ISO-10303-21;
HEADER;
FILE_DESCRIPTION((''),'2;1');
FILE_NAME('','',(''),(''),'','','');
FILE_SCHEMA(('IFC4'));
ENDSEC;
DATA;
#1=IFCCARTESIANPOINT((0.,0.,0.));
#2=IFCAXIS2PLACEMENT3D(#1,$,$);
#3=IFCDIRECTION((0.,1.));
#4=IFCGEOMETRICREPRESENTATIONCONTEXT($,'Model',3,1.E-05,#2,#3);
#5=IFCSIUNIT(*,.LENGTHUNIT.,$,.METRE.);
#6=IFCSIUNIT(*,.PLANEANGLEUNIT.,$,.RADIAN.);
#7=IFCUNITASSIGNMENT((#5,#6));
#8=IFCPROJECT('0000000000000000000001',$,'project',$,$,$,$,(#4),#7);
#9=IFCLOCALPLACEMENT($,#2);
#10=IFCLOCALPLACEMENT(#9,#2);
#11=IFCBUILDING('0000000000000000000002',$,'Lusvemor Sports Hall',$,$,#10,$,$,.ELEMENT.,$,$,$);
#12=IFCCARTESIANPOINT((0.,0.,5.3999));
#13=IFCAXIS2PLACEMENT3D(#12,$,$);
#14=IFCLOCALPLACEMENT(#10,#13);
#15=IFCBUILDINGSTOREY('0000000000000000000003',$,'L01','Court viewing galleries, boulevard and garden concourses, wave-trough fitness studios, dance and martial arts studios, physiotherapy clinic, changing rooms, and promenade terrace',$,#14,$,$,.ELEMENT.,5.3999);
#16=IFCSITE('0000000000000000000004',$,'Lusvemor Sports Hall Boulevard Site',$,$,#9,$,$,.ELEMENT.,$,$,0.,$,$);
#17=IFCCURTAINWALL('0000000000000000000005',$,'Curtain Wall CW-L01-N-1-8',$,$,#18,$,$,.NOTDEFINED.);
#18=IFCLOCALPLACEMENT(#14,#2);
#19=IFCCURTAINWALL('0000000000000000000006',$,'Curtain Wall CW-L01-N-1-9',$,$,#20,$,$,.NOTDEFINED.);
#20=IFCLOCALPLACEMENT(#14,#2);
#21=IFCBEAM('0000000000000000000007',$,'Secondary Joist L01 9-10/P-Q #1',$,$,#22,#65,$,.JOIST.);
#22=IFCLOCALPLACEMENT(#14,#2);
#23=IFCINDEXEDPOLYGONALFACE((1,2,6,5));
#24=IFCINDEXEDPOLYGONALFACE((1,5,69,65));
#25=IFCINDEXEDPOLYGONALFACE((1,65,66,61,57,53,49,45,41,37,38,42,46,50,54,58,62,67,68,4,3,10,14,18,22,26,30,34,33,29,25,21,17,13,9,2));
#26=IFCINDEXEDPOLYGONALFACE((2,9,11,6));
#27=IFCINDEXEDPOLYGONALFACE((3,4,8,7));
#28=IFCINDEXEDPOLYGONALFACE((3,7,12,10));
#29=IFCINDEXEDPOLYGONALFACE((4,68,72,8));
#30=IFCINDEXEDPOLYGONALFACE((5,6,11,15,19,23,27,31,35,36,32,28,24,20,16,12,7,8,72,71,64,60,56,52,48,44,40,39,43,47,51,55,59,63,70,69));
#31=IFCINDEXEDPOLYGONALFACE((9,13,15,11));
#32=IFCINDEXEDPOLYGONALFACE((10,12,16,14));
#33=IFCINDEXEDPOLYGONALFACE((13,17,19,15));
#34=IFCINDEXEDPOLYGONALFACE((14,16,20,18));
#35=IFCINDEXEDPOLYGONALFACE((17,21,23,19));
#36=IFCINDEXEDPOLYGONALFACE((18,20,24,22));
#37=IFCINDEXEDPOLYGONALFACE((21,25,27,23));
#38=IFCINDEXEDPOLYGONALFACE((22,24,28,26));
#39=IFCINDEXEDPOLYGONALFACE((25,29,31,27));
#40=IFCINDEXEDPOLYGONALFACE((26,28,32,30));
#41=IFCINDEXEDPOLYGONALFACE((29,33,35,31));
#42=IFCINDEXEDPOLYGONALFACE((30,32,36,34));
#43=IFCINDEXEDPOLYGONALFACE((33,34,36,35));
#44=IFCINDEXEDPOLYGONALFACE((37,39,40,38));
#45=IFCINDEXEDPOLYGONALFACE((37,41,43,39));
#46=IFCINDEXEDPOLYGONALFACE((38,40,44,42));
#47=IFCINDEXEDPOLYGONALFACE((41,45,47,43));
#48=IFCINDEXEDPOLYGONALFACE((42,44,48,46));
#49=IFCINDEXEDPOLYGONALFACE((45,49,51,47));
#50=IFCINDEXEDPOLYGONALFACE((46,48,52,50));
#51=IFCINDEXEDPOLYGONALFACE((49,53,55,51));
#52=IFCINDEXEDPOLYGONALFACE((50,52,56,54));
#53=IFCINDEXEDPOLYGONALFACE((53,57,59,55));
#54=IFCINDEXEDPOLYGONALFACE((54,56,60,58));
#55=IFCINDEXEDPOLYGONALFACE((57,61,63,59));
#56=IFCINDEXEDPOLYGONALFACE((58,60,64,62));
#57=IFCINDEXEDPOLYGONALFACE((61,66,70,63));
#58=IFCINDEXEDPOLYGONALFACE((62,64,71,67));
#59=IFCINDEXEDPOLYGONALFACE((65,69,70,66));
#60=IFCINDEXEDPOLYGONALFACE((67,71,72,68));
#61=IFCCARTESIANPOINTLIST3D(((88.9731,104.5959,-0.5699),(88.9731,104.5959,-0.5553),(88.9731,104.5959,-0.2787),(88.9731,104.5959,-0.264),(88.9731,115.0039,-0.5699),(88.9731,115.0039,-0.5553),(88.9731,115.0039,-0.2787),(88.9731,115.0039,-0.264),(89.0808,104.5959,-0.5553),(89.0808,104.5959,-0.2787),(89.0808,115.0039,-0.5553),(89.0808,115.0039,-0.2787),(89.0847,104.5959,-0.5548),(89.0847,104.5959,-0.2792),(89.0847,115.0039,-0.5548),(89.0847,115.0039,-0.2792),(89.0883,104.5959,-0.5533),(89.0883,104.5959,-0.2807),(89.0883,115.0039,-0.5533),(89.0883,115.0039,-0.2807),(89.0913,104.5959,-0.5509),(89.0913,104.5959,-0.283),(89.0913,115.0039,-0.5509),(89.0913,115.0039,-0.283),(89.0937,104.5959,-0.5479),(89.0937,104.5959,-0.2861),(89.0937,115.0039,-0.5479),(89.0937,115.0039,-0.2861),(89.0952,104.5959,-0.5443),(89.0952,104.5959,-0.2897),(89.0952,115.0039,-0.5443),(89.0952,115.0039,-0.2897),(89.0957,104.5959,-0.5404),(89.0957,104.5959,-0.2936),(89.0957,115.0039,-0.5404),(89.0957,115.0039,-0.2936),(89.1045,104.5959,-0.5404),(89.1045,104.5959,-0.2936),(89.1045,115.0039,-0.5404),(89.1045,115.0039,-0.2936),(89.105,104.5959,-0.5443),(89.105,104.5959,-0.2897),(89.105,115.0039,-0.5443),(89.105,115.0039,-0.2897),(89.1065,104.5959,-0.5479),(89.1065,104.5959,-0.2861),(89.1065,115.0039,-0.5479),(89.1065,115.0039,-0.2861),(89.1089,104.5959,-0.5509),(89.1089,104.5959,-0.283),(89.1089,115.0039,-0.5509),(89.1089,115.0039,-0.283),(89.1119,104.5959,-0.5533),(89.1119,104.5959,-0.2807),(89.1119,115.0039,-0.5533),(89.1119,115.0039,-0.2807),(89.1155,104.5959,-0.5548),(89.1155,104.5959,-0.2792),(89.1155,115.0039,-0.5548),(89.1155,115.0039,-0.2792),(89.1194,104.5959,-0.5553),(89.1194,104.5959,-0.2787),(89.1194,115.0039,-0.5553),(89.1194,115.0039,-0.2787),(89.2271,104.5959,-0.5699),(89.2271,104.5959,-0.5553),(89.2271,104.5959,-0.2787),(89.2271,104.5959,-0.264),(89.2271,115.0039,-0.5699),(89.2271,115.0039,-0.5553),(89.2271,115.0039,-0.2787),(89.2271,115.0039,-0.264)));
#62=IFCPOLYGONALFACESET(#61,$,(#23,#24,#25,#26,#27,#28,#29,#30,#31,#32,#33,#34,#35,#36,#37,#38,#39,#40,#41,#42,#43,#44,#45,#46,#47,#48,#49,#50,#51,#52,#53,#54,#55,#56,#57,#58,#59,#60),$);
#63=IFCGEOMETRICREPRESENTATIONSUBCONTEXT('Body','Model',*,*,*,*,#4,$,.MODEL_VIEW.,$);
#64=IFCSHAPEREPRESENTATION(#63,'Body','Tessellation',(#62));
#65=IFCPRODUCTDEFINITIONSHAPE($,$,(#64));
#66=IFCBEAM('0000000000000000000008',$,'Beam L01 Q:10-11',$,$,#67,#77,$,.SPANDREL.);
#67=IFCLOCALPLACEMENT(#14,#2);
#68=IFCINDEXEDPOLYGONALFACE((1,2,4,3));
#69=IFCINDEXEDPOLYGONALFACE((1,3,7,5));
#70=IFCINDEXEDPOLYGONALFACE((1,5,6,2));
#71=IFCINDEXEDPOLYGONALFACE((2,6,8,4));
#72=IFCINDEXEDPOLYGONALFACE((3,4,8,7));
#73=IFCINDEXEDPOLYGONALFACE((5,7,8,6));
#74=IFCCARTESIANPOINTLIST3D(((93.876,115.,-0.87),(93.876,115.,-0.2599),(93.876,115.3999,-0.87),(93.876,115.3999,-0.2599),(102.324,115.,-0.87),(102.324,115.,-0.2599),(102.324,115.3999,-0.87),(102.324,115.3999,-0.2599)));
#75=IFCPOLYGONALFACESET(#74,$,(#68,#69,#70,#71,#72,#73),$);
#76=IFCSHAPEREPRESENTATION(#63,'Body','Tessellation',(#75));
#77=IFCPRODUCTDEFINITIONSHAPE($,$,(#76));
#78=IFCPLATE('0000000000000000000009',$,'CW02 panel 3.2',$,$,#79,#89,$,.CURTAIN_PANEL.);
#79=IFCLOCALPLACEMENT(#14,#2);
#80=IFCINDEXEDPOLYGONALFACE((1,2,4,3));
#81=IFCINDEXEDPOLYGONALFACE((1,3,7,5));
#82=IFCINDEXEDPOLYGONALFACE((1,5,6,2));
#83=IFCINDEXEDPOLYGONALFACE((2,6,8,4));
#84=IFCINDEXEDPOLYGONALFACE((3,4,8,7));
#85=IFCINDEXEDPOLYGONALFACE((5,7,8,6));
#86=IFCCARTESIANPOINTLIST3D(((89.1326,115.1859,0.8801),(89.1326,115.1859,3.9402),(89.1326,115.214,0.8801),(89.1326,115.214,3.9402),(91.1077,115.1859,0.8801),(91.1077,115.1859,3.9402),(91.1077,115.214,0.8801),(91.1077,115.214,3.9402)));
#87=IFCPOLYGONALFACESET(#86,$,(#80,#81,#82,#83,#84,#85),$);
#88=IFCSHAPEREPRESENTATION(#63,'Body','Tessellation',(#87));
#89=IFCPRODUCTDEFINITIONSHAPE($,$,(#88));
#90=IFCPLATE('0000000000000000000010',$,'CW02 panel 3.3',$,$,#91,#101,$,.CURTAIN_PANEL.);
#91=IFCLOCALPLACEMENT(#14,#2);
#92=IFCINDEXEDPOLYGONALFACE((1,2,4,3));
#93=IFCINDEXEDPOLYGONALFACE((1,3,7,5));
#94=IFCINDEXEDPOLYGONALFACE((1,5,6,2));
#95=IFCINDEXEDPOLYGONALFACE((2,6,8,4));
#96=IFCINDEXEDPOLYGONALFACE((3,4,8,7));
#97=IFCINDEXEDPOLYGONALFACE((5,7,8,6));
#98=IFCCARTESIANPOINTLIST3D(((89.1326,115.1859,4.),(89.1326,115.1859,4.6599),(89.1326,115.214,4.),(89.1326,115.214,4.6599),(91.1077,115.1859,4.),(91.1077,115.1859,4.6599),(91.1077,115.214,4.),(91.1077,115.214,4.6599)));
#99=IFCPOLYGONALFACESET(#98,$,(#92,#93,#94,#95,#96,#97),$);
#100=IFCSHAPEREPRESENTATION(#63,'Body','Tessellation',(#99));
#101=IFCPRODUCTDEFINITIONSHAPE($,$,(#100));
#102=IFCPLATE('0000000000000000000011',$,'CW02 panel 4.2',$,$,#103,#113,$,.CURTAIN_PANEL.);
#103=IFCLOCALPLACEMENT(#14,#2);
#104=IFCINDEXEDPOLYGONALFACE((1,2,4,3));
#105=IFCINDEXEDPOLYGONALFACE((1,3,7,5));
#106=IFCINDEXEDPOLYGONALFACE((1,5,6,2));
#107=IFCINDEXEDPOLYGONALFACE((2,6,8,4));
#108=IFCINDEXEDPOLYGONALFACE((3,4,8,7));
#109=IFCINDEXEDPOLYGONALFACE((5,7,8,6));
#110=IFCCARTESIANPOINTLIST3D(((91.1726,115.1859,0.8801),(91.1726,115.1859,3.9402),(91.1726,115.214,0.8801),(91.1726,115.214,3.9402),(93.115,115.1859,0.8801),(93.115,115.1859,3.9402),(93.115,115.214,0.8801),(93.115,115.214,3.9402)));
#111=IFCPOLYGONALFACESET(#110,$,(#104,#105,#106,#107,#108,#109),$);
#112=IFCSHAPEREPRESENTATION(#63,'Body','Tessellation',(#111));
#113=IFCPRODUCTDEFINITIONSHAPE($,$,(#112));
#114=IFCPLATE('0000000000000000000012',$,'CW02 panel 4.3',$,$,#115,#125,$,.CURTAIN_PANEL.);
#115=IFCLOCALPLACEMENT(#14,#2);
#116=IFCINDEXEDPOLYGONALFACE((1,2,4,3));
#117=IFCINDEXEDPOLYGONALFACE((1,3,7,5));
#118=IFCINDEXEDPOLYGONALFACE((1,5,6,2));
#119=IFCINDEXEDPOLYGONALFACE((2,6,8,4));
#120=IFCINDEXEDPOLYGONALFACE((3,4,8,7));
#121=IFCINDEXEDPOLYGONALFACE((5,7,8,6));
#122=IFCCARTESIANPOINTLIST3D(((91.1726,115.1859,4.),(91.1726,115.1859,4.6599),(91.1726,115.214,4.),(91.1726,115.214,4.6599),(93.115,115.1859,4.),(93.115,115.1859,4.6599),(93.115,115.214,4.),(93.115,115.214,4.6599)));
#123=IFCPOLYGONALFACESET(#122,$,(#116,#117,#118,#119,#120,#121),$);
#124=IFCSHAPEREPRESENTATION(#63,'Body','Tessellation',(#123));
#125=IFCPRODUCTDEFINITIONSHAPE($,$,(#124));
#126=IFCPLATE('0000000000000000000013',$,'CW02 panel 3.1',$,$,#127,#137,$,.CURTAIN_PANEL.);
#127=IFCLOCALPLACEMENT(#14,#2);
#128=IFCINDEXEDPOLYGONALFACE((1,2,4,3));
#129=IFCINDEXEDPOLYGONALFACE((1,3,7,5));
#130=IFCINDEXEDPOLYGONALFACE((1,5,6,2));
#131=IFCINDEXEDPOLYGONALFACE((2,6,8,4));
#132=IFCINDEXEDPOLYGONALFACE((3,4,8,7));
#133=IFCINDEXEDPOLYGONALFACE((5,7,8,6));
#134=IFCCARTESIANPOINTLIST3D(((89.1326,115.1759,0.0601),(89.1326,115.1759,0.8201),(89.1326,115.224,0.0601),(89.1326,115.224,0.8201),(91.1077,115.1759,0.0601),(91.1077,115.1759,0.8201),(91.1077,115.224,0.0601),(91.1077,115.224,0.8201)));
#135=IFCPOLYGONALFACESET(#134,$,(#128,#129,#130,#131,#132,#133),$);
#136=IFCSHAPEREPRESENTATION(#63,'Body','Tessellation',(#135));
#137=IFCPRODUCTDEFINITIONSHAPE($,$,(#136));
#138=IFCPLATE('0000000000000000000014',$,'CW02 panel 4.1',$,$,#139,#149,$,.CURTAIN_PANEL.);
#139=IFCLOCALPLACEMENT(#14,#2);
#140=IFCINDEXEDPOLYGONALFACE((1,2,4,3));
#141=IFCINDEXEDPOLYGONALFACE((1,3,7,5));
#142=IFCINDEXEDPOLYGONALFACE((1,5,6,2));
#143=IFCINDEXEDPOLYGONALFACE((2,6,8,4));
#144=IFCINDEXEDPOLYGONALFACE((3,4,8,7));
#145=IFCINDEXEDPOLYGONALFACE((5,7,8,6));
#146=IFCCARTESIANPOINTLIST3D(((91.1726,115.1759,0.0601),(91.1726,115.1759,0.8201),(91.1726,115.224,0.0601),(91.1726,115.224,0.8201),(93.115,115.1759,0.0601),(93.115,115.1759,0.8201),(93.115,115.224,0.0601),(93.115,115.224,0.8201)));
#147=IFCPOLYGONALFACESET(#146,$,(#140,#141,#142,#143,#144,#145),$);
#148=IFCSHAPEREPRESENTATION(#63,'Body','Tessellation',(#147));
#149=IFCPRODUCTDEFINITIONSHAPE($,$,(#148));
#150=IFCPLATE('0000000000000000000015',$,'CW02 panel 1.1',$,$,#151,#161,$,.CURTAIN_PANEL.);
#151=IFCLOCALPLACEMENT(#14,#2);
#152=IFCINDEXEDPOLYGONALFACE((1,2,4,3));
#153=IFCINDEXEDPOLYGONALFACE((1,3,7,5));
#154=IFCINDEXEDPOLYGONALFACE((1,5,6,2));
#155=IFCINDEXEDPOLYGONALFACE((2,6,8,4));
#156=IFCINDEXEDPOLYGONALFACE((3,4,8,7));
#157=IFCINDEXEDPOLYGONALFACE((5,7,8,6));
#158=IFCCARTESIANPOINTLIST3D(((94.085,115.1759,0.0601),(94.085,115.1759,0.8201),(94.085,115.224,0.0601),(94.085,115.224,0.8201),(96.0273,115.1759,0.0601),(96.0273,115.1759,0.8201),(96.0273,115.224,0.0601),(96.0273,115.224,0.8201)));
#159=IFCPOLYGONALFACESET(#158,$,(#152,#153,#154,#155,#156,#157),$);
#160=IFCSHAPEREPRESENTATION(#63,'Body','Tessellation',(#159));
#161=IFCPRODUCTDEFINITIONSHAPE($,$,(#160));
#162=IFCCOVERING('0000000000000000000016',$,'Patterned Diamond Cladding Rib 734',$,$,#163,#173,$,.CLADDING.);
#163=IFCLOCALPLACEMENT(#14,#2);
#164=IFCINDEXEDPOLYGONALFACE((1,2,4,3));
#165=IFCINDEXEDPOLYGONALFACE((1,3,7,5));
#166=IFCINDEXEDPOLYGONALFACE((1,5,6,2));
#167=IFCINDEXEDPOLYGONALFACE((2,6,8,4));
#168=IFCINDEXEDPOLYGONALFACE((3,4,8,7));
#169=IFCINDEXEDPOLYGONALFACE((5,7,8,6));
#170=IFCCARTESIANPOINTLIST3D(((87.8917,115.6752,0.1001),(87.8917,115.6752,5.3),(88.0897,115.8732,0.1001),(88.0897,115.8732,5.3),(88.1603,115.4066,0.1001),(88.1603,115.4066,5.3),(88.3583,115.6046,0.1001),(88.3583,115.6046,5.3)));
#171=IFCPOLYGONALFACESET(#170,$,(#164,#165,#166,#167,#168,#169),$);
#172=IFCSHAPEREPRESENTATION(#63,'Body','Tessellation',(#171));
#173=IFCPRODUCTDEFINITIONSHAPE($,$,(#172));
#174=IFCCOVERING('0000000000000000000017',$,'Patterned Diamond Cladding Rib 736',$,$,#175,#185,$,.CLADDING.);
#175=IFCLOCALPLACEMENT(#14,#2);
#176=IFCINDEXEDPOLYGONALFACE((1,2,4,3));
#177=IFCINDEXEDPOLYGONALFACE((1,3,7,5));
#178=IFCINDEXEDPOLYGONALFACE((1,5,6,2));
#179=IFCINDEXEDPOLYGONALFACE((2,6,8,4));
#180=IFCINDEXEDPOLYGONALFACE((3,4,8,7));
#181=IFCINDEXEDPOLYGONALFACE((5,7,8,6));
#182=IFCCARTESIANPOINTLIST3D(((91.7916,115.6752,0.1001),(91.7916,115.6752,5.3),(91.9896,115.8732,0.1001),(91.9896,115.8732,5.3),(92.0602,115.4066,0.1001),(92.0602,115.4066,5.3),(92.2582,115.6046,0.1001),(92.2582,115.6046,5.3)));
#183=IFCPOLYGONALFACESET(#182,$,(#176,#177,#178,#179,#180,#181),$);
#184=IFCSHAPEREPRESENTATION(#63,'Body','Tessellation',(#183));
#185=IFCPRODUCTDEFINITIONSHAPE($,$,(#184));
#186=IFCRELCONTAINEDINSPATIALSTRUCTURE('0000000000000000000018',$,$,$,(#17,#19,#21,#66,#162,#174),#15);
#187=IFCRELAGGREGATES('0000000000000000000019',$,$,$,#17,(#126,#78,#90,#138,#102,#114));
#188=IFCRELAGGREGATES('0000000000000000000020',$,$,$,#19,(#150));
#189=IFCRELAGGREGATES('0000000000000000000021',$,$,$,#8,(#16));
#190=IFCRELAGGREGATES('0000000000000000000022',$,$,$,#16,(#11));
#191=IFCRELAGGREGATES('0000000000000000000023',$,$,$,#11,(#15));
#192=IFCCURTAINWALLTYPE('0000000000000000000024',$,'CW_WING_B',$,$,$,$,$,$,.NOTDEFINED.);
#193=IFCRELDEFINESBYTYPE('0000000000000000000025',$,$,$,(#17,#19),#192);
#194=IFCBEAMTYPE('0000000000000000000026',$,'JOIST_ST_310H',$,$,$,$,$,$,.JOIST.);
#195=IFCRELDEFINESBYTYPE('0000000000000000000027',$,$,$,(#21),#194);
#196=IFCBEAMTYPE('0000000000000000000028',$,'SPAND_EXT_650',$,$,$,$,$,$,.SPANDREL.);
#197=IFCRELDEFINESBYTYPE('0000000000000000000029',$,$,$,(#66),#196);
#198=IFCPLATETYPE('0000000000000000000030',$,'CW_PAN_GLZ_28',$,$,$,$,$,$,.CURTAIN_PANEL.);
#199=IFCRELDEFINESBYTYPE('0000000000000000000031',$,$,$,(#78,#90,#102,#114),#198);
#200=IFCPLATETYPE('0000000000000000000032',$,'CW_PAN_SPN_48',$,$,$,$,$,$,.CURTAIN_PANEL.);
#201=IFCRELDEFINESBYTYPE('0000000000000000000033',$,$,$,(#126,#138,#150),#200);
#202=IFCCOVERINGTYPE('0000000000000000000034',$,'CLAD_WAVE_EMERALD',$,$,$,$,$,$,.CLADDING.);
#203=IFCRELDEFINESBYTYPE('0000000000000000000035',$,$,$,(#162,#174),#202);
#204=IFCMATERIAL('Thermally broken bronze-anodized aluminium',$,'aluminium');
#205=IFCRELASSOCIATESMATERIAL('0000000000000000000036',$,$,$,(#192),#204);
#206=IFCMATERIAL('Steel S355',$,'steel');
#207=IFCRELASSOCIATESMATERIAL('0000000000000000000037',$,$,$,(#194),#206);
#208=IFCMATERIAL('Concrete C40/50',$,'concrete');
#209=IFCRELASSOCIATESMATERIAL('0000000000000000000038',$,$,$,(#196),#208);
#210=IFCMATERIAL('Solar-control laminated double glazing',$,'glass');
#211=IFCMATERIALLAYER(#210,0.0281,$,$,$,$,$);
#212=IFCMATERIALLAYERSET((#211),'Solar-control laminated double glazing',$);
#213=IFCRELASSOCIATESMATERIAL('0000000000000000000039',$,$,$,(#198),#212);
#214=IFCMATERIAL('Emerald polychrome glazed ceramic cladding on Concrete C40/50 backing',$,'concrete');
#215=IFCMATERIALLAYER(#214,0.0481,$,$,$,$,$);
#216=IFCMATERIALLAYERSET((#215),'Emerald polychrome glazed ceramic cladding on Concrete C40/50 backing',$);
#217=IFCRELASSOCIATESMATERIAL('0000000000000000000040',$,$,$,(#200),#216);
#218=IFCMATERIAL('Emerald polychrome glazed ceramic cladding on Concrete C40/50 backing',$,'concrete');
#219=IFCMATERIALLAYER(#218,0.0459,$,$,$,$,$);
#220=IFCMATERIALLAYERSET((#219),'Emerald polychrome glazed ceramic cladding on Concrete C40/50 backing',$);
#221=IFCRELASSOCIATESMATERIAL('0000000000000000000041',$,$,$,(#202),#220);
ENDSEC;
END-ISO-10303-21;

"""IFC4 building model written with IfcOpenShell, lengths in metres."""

from ifc_helpers import new_model, si_unit, direction, frame, origin, origin_2d, place, context, subcontext, project, spatial, rectangle, i_section, extrude, material, layer, layer_set, material_profile, profile_set, type_object, element, aggregate, save


model = new_model("IFC4")

# Units and contexts
model_context = context("Model", 3, precision=1e-05, world=origin(), true_north=direction((0.0, 1.0)))
body_context = subcontext(model_context, "Body", "Model", "MODEL_VIEW")
ifc_project = project(units=[si_unit("LENGTHUNIT", "METRE"), si_unit("PLANEANGLEUNIT", "RADIAN")], contexts=[model_context])

# Site, building, storey
site_placement = place(None, origin())
site = spatial("IfcSite", under=ifc_project, at=site_placement, Name="Lusvemor Sports Hall Boulevard Site", CompositionType="ELEMENT", RefElevation=0.0)
building_placement = place(site_placement, origin())
building = spatial("IfcBuilding", under=site, at=building_placement, Name="Lusvemor Sports Hall", CompositionType="ELEMENT")
storey_placement = place(building_placement, frame((0.0, 0.0, 5.3999)))
storey = spatial("IfcBuildingStorey", under=building, at=storey_placement, Name="L01", Description="Court viewing galleries, boulevard and garden concourses, wave-trough fitness studios, dance and martial arts studios, physiotherapy clinic, changing rooms, and promenade terrace", CompositionType="ELEMENT", Elevation=5.3999)

# Curtain wall
ifc_material_1 = material(Name="Thermally broken bronze-anodized aluminium", Category="aluminium")
curtain_wall_type = type_object("IfcCurtainWallType", Name="CW_WING_B", PredefinedType="NOTDEFINED", material=ifc_material_1)
curtain_wall_1_placement = place(storey_placement, origin())
curtain_wall_1 = element("IfcCurtainWall", 1, at=curtain_wall_1_placement, inside=storey, type_object=curtain_wall_type, Name="Curtain Wall CW-L01-N-1-8", PredefinedType="NOTDEFINED")

# Curtain wall
curtain_wall_2_placement = place(storey_placement, origin())
curtain_wall_2 = element("IfcCurtainWall", 2, at=curtain_wall_2_placement, inside=storey, type_object=curtain_wall_type, Name="Curtain Wall CW-L01-N-1-9", PredefinedType="NOTDEFINED")

# Beams
ifc_material_2 = material(Name="Steel S355", Category="steel")
ifc_material_profile_1 = material_profile(ifc_material_2, i_section(OverallWidth=0.2539, OverallDepth=0.3059, WebThickness=0.0088, FlangeThickness=0.0146, FilletRadius=0.0149, at=origin_2d()), Name="W310x79.0")
ifc_profile_set_1 = profile_set([ifc_material_profile_1], Name="Steel S355")
beam_type_1 = type_object("IfcBeamType", Name="JOIST_ST_310H", PredefinedType="JOIST", material=ifc_profile_set_1)
beam_1_placement = place(storey_placement, frame((89.1001, 104.5959, -0.417), z_axis=(0.0, 1.0, 0.0), x_axis=(-1.0, 0.0, 0.0)))
element("IfcBeam", 3, at=beam_1_placement, inside=storey, type_object=beam_type_1, Name="Secondary Joist L01 9-10/P-Q #1", PredefinedType="JOIST", context=body_context, shape_type="SweptSolid", body=[
    extrude(i_section(OverallWidth=0.2539, OverallDepth=0.3059, WebThickness=0.0088, FlangeThickness=0.0146, FilletRadius=0.0149, at=origin_2d()), origin(), (0.0, 0.0, 1.0), 10.408),
])
ifc_material_3 = material(Name="Concrete C40/50", Category="concrete")
ifc_material_profile_2 = material_profile(ifc_material_3, rectangle(XDim=0.3999, YDim=0.6101, at=origin_2d()), Name="RC400x610")
ifc_profile_set_2 = profile_set([ifc_material_profile_2], Name="Concrete C40/50")
beam_type_2 = type_object("IfcBeamType", Name="SPAND_EXT_650", PredefinedType="SPANDREL", material=ifc_profile_set_2)
beam_2_placement = place(storey_placement, frame((93.876, 115.2, -0.5649), z_axis=(1.0, 0.0, 0.0), x_axis=(0.0, 1.0, 0.0)))
element("IfcBeam", 4, at=beam_2_placement, inside=storey, type_object=beam_type_2, Name="Beam L01 Q:10-11", PredefinedType="SPANDREL", context=body_context, shape_type="SweptSolid", body=[
    extrude(rectangle(XDim=0.3999, YDim=0.6101, at=origin_2d()), origin(), (0.0, 0.0, 1.0), 8.448),
])

# Plates
ifc_material_4 = material(Name="Solar-control laminated double glazing", Category="glass")
ifc_layer_1 = layer(ifc_material_4, 0.0281)
ifc_layer_set_1 = layer_set([ifc_layer_1], Name="Solar-control laminated double glazing")
plate_type_1 = type_object("IfcPlateType", Name="CW_PAN_GLZ_28", PredefinedType="CURTAIN_PANEL", material=ifc_layer_set_1)
plate_1_placement = place(storey_placement, frame((90.1201, 115.2, 0.8801), z_axis=(0.0, 0.0, 1.0), x_axis=(1.0, 0.0, 0.0)))
plate_1 = element("IfcPlate", 5, at=plate_1_placement, type_object=plate_type_1, Name="CW02 panel 3.2", PredefinedType="CURTAIN_PANEL", context=body_context, shape_type="SweptSolid", body=[
    extrude(rectangle(XDim=1.9751, YDim=0.0281, at=origin_2d()), origin(), (0.0, 0.0, 1.0), 3.0601),
])
plate_2_placement = place(storey_placement, frame((90.1201, 115.2, 4.0), z_axis=(0.0, 0.0, 1.0), x_axis=(1.0, 0.0, 0.0)))
plate_2 = element("IfcPlate", 6, at=plate_2_placement, type_object=plate_type_1, Name="CW02 panel 3.3", PredefinedType="CURTAIN_PANEL", context=body_context, shape_type="SweptSolid", body=[
    extrude(rectangle(XDim=1.9751, YDim=0.0281, at=origin_2d()), origin(), (0.0, 0.0, 1.0), 0.6599),
])
plate_3_placement = place(storey_placement, frame((92.1438, 115.2, 0.8801), z_axis=(0.0, 0.0, 1.0), x_axis=(1.0, 0.0, 0.0)))
plate_3 = element("IfcPlate", 7, at=plate_3_placement, type_object=plate_type_1, Name="CW02 panel 4.2", PredefinedType="CURTAIN_PANEL", context=body_context, shape_type="SweptSolid", body=[
    extrude(rectangle(XDim=1.9424, YDim=0.0281, at=origin_2d()), origin(), (0.0, 0.0, 1.0), 3.0601),
])
plate_4_placement = place(storey_placement, frame((92.1438, 115.2, 4.0), z_axis=(0.0, 0.0, 1.0), x_axis=(1.0, 0.0, 0.0)))
plate_4 = element("IfcPlate", 8, at=plate_4_placement, type_object=plate_type_1, Name="CW02 panel 4.3", PredefinedType="CURTAIN_PANEL", context=body_context, shape_type="SweptSolid", body=[
    extrude(rectangle(XDim=1.9424, YDim=0.0281, at=origin_2d()), origin(), (0.0, 0.0, 1.0), 0.6599),
])
ifc_material_5 = material(Name="Emerald polychrome glazed ceramic cladding on Concrete C40/50 backing", Category="concrete")
ifc_layer_2 = layer(ifc_material_5, 0.0481)
ifc_layer_set_2 = layer_set([ifc_layer_2], Name="Emerald polychrome glazed ceramic cladding on Concrete C40/50 backing")
plate_type_2 = type_object("IfcPlateType", Name="CW_PAN_SPN_48", PredefinedType="CURTAIN_PANEL", material=ifc_layer_set_2)
plate_5_placement = place(storey_placement, frame((90.1201, 115.2, 0.0601), z_axis=(0.0, 0.0, 1.0), x_axis=(1.0, 0.0, 0.0)))
plate_5 = element("IfcPlate", 9, at=plate_5_placement, type_object=plate_type_2, Name="CW02 panel 3.1", PredefinedType="CURTAIN_PANEL", context=body_context, shape_type="SweptSolid", body=[
    extrude(rectangle(XDim=1.9751, YDim=0.0481, at=origin_2d()), origin(), (0.0, 0.0, 1.0), 0.76),
])
plate_6_placement = place(storey_placement, frame((92.1438, 115.2, 0.0601), z_axis=(0.0, 0.0, 1.0), x_axis=(1.0, 0.0, 0.0)))
plate_6 = element("IfcPlate", 10, at=plate_6_placement, type_object=plate_type_2, Name="CW02 panel 4.1", PredefinedType="CURTAIN_PANEL", context=body_context, shape_type="SweptSolid", body=[
    extrude(rectangle(XDim=1.9424, YDim=0.0481, at=origin_2d()), origin(), (0.0, 0.0, 1.0), 0.76),
])
aggregate(curtain_wall_1, [plate_5, plate_1, plate_2, plate_6, plate_3, plate_4])
plate_7_placement = place(storey_placement, frame((95.0562, 115.2, 0.0601), z_axis=(0.0, 0.0, 1.0), x_axis=(1.0, 0.0, 0.0)))
plate_7 = element("IfcPlate", 11, at=plate_7_placement, type_object=plate_type_2, Name="CW02 panel 1.1", PredefinedType="CURTAIN_PANEL", context=body_context, shape_type="SweptSolid", body=[
    extrude(rectangle(XDim=1.9424, YDim=0.0481, at=origin_2d()), origin(), (0.0, 0.0, 1.0), 0.76),
])
aggregate(curtain_wall_2, [plate_7])

# Coverings
ifc_material_6 = material(Name="Emerald polychrome glazed ceramic cladding on Concrete C40/50 backing", Category="concrete")
ifc_layer_3 = layer(ifc_material_6, 0.0459)
ifc_layer_set_3 = layer_set([ifc_layer_3], Name="Emerald polychrome glazed ceramic cladding on Concrete C40/50 backing")
covering_type_1 = type_object("IfcCoveringType", Name="CLAD_WAVE_EMERALD", PredefinedType="CLADDING", material=ifc_layer_set_3)
for number, where, z_axis, x_axis, name in (
    (12, (88.125, 115.6399, 0.1001), (0.0, 0.0, 1.0), (0.707107, 0.707107, 0.0), "Patterned Diamond Cladding Rib 734"),
    (13, (92.0249, 115.6399, 0.1001), (0.0, 0.0, 1.0), (0.707107, 0.707107, 0.0), "Patterned Diamond Cladding Rib 736"),
):
    element("IfcCovering", number, at=place(storey_placement, frame(where, z_axis=z_axis, x_axis=x_axis)), inside=storey, type_object=covering_type_1, Name=name, PredefinedType="CLADDING", context=body_context, shape_type="SweptSolid", body=[
        extrude(rectangle(XDim=0.28, YDim=0.3799, at=origin_2d()), origin(), (0.0, 0.0, 1.0), 5.2),
    ])

save(model, "model.ifc")
